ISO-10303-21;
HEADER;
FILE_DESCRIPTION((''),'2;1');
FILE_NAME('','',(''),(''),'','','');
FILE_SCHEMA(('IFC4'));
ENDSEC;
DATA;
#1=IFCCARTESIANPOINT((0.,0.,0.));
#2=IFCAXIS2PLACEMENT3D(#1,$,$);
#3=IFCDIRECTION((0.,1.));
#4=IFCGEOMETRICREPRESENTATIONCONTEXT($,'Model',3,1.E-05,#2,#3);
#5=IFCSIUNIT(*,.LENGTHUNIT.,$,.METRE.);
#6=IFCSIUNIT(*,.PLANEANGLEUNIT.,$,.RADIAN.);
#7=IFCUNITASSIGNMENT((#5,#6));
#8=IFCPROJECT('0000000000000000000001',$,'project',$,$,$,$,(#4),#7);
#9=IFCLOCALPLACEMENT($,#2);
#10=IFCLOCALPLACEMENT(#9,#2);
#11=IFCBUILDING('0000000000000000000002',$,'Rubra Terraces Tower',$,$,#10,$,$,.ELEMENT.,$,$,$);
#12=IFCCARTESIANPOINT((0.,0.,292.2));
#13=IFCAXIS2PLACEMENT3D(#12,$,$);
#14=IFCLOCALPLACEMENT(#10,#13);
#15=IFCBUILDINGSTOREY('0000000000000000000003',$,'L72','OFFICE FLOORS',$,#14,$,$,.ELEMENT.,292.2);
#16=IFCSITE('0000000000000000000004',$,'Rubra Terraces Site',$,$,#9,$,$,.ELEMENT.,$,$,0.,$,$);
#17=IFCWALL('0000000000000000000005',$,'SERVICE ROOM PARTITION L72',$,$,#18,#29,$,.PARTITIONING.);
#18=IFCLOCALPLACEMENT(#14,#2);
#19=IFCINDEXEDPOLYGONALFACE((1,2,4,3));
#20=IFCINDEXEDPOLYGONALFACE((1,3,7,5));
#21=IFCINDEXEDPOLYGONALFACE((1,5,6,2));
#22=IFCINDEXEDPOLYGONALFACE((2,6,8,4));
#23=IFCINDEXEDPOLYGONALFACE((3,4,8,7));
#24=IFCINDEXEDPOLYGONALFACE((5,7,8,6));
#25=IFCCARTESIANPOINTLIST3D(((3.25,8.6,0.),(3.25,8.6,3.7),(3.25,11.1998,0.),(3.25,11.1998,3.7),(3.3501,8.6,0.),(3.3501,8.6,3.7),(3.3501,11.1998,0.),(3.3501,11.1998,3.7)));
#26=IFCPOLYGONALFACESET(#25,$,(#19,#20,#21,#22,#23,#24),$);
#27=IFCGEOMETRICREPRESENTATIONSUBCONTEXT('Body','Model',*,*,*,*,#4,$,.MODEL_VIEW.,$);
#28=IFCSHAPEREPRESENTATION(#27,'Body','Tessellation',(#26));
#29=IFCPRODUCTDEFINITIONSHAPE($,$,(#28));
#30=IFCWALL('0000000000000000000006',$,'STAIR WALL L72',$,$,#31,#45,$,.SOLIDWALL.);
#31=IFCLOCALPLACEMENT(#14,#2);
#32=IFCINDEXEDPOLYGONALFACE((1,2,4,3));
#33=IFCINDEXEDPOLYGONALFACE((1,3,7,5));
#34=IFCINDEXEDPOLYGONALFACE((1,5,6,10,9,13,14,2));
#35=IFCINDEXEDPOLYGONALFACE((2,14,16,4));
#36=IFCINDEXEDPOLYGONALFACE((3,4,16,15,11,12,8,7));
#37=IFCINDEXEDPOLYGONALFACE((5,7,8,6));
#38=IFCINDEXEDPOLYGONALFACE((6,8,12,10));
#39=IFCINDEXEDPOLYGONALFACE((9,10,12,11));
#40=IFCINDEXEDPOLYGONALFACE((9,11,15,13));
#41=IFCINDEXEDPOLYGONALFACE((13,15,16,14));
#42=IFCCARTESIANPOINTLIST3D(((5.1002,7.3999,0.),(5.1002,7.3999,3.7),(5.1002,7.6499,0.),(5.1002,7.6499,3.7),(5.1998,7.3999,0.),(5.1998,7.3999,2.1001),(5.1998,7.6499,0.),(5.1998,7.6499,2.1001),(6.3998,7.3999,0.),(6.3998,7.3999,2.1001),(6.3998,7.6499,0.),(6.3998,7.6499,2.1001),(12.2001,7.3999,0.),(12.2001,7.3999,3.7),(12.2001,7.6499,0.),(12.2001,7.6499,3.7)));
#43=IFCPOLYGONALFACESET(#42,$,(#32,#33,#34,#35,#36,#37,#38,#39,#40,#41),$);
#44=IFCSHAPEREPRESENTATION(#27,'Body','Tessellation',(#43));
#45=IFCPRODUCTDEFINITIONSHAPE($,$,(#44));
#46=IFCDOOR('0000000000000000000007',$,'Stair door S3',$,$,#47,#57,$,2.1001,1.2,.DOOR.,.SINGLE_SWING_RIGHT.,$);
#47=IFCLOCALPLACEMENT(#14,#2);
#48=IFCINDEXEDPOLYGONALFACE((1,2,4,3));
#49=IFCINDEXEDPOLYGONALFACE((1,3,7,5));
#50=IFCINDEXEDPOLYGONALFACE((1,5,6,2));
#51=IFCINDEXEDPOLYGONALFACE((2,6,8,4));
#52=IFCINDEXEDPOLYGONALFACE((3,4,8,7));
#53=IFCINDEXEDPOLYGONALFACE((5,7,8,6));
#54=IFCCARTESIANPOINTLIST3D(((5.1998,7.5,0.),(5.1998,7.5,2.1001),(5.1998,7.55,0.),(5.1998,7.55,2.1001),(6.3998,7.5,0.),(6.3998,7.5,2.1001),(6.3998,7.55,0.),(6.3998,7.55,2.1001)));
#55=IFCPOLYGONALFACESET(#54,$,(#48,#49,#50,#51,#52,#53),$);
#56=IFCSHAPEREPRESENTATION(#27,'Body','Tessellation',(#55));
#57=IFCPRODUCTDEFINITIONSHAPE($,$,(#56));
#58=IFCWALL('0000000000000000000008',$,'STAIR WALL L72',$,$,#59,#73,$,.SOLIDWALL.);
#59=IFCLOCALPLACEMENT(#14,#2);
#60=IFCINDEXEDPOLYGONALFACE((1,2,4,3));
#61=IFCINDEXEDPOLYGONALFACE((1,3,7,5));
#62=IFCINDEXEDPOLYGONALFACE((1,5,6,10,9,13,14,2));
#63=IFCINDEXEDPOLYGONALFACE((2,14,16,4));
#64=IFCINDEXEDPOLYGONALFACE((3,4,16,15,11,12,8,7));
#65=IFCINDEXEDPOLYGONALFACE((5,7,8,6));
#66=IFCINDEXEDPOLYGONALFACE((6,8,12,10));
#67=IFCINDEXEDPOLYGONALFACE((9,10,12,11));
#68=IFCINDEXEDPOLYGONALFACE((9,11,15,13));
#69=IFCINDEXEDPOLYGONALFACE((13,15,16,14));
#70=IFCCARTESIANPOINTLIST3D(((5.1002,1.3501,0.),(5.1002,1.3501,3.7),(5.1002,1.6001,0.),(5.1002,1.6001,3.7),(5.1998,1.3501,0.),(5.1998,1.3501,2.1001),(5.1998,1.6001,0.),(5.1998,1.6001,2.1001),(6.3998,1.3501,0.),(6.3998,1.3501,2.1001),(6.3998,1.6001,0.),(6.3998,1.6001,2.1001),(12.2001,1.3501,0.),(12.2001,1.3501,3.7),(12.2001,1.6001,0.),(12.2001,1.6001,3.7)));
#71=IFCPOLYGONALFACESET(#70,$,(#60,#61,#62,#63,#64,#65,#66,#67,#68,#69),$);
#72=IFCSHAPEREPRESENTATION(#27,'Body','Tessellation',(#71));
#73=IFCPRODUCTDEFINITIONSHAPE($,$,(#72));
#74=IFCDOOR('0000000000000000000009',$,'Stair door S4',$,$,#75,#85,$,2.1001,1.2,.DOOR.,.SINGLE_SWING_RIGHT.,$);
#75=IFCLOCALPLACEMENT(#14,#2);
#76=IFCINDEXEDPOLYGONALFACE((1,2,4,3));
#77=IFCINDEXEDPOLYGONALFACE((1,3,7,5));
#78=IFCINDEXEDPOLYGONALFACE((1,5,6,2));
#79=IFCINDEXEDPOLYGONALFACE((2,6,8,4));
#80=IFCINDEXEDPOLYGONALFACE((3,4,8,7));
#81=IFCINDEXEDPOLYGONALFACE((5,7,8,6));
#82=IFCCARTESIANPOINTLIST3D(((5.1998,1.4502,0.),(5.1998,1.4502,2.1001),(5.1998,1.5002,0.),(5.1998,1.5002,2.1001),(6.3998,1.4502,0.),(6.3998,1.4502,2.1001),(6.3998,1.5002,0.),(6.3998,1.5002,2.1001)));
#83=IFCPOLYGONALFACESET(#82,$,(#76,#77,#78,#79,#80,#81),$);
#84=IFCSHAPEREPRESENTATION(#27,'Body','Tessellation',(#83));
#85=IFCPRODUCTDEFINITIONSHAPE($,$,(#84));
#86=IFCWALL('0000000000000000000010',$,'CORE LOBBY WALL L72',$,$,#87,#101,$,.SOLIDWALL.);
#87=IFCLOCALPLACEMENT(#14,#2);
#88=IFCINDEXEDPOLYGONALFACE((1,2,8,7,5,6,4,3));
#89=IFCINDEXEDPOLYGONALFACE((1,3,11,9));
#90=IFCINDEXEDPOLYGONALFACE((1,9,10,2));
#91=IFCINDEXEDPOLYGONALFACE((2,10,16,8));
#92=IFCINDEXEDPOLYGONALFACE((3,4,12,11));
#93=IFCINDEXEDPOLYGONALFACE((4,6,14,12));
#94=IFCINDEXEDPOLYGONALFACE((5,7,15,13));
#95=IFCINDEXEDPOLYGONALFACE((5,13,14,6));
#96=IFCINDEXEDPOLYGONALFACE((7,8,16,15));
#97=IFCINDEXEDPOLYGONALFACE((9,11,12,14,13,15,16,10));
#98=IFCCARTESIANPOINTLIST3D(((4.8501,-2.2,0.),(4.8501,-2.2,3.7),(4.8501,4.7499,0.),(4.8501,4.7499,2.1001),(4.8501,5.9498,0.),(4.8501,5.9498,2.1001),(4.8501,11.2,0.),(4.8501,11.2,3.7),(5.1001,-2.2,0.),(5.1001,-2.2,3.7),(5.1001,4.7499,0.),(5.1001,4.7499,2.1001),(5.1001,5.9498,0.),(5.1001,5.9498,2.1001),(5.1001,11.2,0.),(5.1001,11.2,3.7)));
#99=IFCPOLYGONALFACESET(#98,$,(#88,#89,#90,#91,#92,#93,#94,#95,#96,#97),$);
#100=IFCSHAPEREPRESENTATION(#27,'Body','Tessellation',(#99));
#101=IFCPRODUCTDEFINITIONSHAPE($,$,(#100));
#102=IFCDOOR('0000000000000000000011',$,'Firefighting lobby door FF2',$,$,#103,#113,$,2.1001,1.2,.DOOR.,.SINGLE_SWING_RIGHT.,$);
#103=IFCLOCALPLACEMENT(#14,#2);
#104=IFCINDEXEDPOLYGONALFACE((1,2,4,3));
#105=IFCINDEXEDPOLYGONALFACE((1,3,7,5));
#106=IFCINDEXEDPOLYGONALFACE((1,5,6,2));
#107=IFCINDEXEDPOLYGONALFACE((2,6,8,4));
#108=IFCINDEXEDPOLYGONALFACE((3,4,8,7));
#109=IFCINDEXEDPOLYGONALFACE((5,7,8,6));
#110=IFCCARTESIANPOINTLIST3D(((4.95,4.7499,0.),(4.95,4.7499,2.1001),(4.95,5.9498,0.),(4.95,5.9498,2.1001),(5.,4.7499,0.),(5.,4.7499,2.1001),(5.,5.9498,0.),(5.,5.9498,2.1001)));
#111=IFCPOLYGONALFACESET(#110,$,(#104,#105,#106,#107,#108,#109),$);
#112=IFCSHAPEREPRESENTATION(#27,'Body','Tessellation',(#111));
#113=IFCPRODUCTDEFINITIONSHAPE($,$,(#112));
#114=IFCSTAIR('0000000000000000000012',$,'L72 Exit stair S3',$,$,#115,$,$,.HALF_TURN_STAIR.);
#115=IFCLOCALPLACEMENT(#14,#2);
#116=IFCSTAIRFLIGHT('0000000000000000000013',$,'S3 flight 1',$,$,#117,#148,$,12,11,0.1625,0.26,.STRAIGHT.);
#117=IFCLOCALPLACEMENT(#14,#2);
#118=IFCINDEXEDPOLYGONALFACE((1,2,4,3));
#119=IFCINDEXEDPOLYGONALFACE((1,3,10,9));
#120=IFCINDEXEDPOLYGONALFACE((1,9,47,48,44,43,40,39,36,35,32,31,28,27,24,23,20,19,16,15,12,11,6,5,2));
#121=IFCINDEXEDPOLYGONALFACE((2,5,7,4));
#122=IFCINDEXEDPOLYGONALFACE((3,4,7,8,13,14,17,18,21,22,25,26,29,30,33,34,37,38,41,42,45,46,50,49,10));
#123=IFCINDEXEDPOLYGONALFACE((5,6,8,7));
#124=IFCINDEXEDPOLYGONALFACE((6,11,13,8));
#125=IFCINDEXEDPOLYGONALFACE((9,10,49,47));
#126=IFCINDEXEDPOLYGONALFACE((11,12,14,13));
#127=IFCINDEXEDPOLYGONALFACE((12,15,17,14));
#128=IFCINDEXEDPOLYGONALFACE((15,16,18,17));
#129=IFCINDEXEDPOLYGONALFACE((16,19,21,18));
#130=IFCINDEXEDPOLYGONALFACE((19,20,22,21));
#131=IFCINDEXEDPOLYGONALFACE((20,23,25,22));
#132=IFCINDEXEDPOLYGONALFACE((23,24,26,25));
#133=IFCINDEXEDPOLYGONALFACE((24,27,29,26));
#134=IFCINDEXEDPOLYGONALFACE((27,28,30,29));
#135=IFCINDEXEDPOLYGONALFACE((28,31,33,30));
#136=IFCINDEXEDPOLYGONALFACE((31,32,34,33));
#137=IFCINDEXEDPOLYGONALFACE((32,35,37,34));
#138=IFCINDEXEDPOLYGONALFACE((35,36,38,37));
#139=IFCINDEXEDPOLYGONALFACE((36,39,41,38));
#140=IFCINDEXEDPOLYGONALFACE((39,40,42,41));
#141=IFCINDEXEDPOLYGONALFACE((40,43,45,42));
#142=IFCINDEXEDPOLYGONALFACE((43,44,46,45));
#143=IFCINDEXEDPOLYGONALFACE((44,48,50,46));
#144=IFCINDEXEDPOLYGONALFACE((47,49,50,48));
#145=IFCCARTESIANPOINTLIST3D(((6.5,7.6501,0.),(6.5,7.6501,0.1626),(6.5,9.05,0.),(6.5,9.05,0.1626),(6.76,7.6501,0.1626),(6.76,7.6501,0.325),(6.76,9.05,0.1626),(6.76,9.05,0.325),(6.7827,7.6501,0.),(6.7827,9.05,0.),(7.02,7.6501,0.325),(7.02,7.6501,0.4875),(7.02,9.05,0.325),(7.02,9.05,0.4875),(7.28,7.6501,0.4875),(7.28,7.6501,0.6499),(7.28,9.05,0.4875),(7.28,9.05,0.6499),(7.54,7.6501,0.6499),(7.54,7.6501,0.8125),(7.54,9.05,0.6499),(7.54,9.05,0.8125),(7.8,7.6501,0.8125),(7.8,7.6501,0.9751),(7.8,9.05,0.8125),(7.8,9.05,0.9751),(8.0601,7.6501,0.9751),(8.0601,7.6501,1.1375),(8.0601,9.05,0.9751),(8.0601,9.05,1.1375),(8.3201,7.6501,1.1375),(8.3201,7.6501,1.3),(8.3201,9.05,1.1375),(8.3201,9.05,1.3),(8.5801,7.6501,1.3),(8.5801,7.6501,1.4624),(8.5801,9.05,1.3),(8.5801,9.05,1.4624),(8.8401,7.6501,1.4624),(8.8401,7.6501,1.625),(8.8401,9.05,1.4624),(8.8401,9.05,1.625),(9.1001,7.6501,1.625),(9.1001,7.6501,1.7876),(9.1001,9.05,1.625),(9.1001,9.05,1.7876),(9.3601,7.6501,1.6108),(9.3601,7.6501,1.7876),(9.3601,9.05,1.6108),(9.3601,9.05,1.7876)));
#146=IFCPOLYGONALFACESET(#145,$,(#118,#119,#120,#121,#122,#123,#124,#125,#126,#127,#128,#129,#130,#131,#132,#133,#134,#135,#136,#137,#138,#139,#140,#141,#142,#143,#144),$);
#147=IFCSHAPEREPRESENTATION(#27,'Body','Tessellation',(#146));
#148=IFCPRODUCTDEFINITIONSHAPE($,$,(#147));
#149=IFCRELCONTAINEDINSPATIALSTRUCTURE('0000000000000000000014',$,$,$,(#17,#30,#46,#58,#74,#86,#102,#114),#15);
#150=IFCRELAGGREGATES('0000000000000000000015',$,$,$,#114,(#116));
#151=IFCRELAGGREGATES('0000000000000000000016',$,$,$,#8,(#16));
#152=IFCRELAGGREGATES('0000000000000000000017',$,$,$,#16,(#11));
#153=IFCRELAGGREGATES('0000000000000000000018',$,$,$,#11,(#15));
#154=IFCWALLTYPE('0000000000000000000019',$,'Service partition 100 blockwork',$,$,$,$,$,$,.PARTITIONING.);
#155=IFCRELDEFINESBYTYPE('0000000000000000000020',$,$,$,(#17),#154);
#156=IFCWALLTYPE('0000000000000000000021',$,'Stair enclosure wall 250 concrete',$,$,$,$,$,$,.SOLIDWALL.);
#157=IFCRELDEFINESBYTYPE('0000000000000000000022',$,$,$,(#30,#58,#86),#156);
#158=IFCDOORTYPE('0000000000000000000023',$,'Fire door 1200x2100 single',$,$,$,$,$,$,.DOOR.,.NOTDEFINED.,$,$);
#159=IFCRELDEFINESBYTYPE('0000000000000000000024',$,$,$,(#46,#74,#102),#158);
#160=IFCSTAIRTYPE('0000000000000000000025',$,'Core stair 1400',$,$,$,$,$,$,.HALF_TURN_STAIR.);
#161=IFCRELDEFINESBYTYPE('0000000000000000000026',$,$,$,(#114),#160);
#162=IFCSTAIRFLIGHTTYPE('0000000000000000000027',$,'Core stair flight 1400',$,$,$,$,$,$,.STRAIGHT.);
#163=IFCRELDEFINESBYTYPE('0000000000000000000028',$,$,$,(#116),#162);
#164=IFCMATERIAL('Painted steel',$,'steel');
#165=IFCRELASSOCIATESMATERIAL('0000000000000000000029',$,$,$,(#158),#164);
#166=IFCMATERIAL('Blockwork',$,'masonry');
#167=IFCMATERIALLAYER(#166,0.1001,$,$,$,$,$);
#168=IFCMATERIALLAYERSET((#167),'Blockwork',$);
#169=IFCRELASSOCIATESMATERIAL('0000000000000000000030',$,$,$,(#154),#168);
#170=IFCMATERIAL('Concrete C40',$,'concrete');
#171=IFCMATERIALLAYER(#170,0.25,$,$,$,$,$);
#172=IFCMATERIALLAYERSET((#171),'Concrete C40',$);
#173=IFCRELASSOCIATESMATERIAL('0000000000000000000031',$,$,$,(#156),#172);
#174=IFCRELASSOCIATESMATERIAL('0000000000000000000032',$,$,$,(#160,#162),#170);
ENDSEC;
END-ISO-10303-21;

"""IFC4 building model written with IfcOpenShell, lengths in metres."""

from ifc_helpers import new_model, si_unit, direction, frame, frame_2d, origin, place, context, subcontext, project, spatial, polyline, rectangle, outline, extrude, material, layer, layer_set, type_object, element, fill, aggregate, save


model = new_model("IFC4")

# Units and contexts
model_context = context("Model", 3, precision=1e-05, world=origin(), true_north=direction((0.0, 1.0)))
body_context = subcontext(model_context, "Body", "Model", "MODEL_VIEW")
ifc_project = project(units=[si_unit("LENGTHUNIT", "METRE"), si_unit("PLANEANGLEUNIT", "RADIAN")], contexts=[model_context])

# Site, building, storey
site_placement = place(None, origin())
site = spatial("IfcSite", under=ifc_project, at=site_placement, Name="Rubra Terraces Site", CompositionType="ELEMENT", RefElevation=0.0)
building_placement = place(site_placement, origin())
building = spatial("IfcBuilding", under=site, at=building_placement, Name="Rubra Terraces Tower", CompositionType="ELEMENT")
storey_placement = place(building_placement, frame((0.0, 0.0, 292.2)))
storey = spatial("IfcBuildingStorey", under=building, at=storey_placement, Name="L72", Description="OFFICE FLOORS", CompositionType="ELEMENT", Elevation=292.2)

# Shared definitions
ifc_material_1 = material(Name="Concrete C40", Category="concrete")

# Shared definitions
ifc_material_2 = material(Name="Painted steel", Category="steel")
door_type_1 = type_object("IfcDoorType", Name="Fire door 1200x2100 single", OperationType="NOTDEFINED", PredefinedType="DOOR", material=ifc_material_2)

# Wall
ifc_material_3 = material(Name="Blockwork", Category="masonry")
ifc_layer_1 = layer(ifc_material_3, 0.1001)
ifc_layer_set_1 = layer_set([ifc_layer_1], Name="Blockwork")
wall_type_1 = type_object("IfcWallType", Name="Service partition 100 blockwork", PredefinedType="PARTITIONING", material=ifc_layer_set_1)
for number, where, z_axis, x_axis, name in (
    (1, (3.3, 8.6001, 0.0), (0.0, 0.0, 1.0), (0.0, 1.0, 0.0), "SERVICE ROOM PARTITION L72"),
):
    element("IfcWall", number, at=place(storey_placement, frame(where, z_axis=z_axis, x_axis=x_axis)), inside=storey, type_object=wall_type_1, Name=name, PredefinedType="PARTITIONING", context=body_context, shape_type="SweptSolid", body=[
        extrude(rectangle(XDim=2.5999, YDim=0.1001, at=frame_2d((1.2998, 0.0))), origin(), (0.0, 0.0, 1.0), 3.7),
    ])

# Walls, openings, doors
ifc_layer_2 = layer(ifc_material_1, 0.25)
ifc_layer_set_2 = layer_set([ifc_layer_2], Name="Concrete C40")
wall_type_2 = type_object("IfcWallType", Name="Stair enclosure wall 250 concrete", PredefinedType="SOLIDWALL", material=ifc_layer_set_2)
wall_1_placement = place(storey_placement, frame((12.2, 7.5249, 0.0), z_axis=(0.0, 0.0, 1.0), x_axis=(-1.0, 0.0, 0.0)))
wall_1 = element("IfcWall", 2, at=wall_1_placement, inside=storey, type_object=wall_type_2, Name="STAIR WALL L72", PredefinedType="SOLIDWALL", context=body_context, shape_type="SweptSolid", body=[
    extrude(rectangle(XDim=7.0999, YDim=0.25, at=frame_2d((3.5498, 0.0))), origin(), (0.0, 0.0, 1.0), 3.7),
])
opening_1_placement = place(wall_1_placement, frame((5.8, 0.0, 0.0)))
opening_1 = element("IfcOpeningElement", 3, at=opening_1_placement, cuts=wall_1, PredefinedType="OPENING", context=body_context, shape_type="SweptSolid", body=[
    extrude(rectangle(XDim=1.2, YDim=2.1001, at=frame_2d((0.6001, 1.05))), frame((0.0, 0.135, 0.0), z_axis=(0.0, -1.0, 0.0), x_axis=(1.0, 0.0, 0.0)), (0.0, 0.0, 1.0), 0.27),
])
door_1_placement = place(opening_1_placement, origin())
door_1 = element("IfcDoor", 4, at=door_1_placement, inside=storey, type_object=door_type_1, Name="Stair door S3", OperationType="SINGLE_SWING_RIGHT", OverallHeight=2.1001, OverallWidth=1.2, PredefinedType="DOOR", context=body_context, shape_type="SweptSolid", body=[
    extrude(rectangle(XDim=1.2, YDim=2.1001, at=frame_2d((0.6001, 1.05))), frame((0.0, 0.0249, 0.0), z_axis=(0.0, -1.0, 0.0), x_axis=(1.0, 0.0, 0.0)), (0.0, 0.0, 1.0), 0.05),
])
fill(opening_1, door_1)
wall_2_placement = place(storey_placement, frame((12.2, 1.4751, 0.0), z_axis=(0.0, 0.0, 1.0), x_axis=(-1.0, 0.0, 0.0)))
wall_2 = element("IfcWall", 5, at=wall_2_placement, inside=storey, type_object=wall_type_2, Name="STAIR WALL L72", PredefinedType="SOLIDWALL", context=body_context, shape_type="SweptSolid", body=[
    extrude(rectangle(XDim=7.0999, YDim=0.25, at=frame_2d((3.5498, 0.0))), origin(), (0.0, 0.0, 1.0), 3.7),
])
opening_2_placement = place(wall_2_placement, frame((5.8, 0.0, 0.0)))
opening_2 = element("IfcOpeningElement", 6, at=opening_2_placement, cuts=wall_2, PredefinedType="OPENING", context=body_context, shape_type="SweptSolid", body=[
    extrude(rectangle(XDim=1.2, YDim=2.1001, at=frame_2d((0.6001, 1.05))), frame((0.0, 0.135, 0.0), z_axis=(0.0, -1.0, 0.0), x_axis=(1.0, 0.0, 0.0)), (0.0, 0.0, 1.0), 0.27),
])
door_2_placement = place(opening_2_placement, origin())
door_2 = element("IfcDoor", 7, at=door_2_placement, inside=storey, type_object=door_type_1, Name="Stair door S4", OperationType="SINGLE_SWING_RIGHT", OverallHeight=2.1001, OverallWidth=1.2, PredefinedType="DOOR", context=body_context, shape_type="SweptSolid", body=[
    extrude(rectangle(XDim=1.2, YDim=2.1001, at=frame_2d((0.6001, 1.05))), frame((0.0, 0.0249, 0.0), z_axis=(0.0, -1.0, 0.0), x_axis=(1.0, 0.0, 0.0)), (0.0, 0.0, 1.0), 0.05),
])
fill(opening_2, door_2)
wall_3_placement = place(storey_placement, frame((4.9751, 11.2, 0.0), z_axis=(0.0, 0.0, 1.0), x_axis=(0.0, -1.0, 0.0)))
wall_3 = element("IfcWall", 8, at=wall_3_placement, inside=storey, type_object=wall_type_2, Name="CORE LOBBY WALL L72", PredefinedType="SOLIDWALL", context=body_context, shape_type="SweptSolid", body=[
    extrude(rectangle(XDim=13.3999, YDim=0.25, at=frame_2d((6.7, 0.0))), origin(), (0.0, 0.0, 1.0), 3.7),
])
opening_3_placement = place(wall_3_placement, frame((5.25, 0.0, 0.0)))
opening_3 = element("IfcOpeningElement", 9, at=opening_3_placement, cuts=wall_3, PredefinedType="OPENING", context=body_context, shape_type="SweptSolid", body=[
    extrude(rectangle(XDim=1.2, YDim=2.1001, at=frame_2d((0.6001, 1.05))), frame((0.0, 0.135, 0.0), z_axis=(0.0, -1.0, 0.0), x_axis=(1.0, 0.0, 0.0)), (0.0, 0.0, 1.0), 0.27),
])
door_3_placement = place(opening_3_placement, origin())
door_3 = element("IfcDoor", 10, at=door_3_placement, inside=storey, type_object=door_type_1, Name="Firefighting lobby door FF2", OperationType="SINGLE_SWING_RIGHT", OverallHeight=2.1001, OverallWidth=1.2, PredefinedType="DOOR", context=body_context, shape_type="SweptSolid", body=[
    extrude(rectangle(XDim=1.2, YDim=2.1001, at=frame_2d((0.6001, 1.05))), frame((0.0, 0.0249, 0.0), z_axis=(0.0, -1.0, 0.0), x_axis=(1.0, 0.0, 0.0)), (0.0, 0.0, 1.0), 0.05),
])
fill(opening_3, door_3)

# Stair, stair flight
stair_type = type_object("IfcStairType", Name="Core stair 1400", PredefinedType="HALF_TURN_STAIR", material=ifc_material_1)
stair_placement = place(storey_placement, origin())
stair = element("IfcStair", 11, at=stair_placement, inside=storey, type_object=stair_type, Name="L72 Exit stair S3", PredefinedType="HALF_TURN_STAIR")
stair_flight_type = type_object("IfcStairFlightType", Name="Core stair flight 1400", PredefinedType="STRAIGHT", material=ifc_material_1)
stair_flight_1_placement = place(storey_placement, frame((6.5, 8.3501, 0.0), z_axis=(0.0, 0.0, 1.0), x_axis=(1.0, 0.0, 0.0)))
stair_flight_1 = element("IfcStairFlight", 12, at=stair_flight_1_placement, type_object=stair_flight_type, Name="S3 flight 1", NumberOfRisers=12, NumberOfTreads=11, PredefinedType="STRAIGHT", RiserHeight=0.1625, TreadLength=0.26, context=body_context, shape_type="SweptSolid", body=[
    extrude(outline(polyline([(0.0, 0.0), (0.0, 0.1626), (0.26, 0.1626), (0.26, 0.325), (0.52, 0.325), (0.52, 0.4875), (0.78, 0.4875), (0.78, 0.6499), (1.04, 0.6499), (1.04, 0.8125), (1.3, 0.8125), (1.3, 0.9751), (1.5601, 0.9751), (1.5601, 1.1375), (1.8201, 1.1375), (1.8201, 1.3), (2.0801, 1.3), (2.0801, 1.4624), (2.3401, 1.4624), (2.3401, 1.625), (2.6001, 1.625), (2.6001, 1.7876), (2.8601, 1.7876), (2.8601, 1.95), (2.8601, 1.6108), (0.2827, 0.0), (0.0, 0.0)])), frame((0.0, 0.7, 0.0), z_axis=(0.0, -1.0, 0.0), x_axis=(1.0, 0.0, 0.0)), (0.0, 0.0, 1.0), 1.3999),
])
aggregate(stair, [stair_flight_1])

save(model, "model.ifc")
